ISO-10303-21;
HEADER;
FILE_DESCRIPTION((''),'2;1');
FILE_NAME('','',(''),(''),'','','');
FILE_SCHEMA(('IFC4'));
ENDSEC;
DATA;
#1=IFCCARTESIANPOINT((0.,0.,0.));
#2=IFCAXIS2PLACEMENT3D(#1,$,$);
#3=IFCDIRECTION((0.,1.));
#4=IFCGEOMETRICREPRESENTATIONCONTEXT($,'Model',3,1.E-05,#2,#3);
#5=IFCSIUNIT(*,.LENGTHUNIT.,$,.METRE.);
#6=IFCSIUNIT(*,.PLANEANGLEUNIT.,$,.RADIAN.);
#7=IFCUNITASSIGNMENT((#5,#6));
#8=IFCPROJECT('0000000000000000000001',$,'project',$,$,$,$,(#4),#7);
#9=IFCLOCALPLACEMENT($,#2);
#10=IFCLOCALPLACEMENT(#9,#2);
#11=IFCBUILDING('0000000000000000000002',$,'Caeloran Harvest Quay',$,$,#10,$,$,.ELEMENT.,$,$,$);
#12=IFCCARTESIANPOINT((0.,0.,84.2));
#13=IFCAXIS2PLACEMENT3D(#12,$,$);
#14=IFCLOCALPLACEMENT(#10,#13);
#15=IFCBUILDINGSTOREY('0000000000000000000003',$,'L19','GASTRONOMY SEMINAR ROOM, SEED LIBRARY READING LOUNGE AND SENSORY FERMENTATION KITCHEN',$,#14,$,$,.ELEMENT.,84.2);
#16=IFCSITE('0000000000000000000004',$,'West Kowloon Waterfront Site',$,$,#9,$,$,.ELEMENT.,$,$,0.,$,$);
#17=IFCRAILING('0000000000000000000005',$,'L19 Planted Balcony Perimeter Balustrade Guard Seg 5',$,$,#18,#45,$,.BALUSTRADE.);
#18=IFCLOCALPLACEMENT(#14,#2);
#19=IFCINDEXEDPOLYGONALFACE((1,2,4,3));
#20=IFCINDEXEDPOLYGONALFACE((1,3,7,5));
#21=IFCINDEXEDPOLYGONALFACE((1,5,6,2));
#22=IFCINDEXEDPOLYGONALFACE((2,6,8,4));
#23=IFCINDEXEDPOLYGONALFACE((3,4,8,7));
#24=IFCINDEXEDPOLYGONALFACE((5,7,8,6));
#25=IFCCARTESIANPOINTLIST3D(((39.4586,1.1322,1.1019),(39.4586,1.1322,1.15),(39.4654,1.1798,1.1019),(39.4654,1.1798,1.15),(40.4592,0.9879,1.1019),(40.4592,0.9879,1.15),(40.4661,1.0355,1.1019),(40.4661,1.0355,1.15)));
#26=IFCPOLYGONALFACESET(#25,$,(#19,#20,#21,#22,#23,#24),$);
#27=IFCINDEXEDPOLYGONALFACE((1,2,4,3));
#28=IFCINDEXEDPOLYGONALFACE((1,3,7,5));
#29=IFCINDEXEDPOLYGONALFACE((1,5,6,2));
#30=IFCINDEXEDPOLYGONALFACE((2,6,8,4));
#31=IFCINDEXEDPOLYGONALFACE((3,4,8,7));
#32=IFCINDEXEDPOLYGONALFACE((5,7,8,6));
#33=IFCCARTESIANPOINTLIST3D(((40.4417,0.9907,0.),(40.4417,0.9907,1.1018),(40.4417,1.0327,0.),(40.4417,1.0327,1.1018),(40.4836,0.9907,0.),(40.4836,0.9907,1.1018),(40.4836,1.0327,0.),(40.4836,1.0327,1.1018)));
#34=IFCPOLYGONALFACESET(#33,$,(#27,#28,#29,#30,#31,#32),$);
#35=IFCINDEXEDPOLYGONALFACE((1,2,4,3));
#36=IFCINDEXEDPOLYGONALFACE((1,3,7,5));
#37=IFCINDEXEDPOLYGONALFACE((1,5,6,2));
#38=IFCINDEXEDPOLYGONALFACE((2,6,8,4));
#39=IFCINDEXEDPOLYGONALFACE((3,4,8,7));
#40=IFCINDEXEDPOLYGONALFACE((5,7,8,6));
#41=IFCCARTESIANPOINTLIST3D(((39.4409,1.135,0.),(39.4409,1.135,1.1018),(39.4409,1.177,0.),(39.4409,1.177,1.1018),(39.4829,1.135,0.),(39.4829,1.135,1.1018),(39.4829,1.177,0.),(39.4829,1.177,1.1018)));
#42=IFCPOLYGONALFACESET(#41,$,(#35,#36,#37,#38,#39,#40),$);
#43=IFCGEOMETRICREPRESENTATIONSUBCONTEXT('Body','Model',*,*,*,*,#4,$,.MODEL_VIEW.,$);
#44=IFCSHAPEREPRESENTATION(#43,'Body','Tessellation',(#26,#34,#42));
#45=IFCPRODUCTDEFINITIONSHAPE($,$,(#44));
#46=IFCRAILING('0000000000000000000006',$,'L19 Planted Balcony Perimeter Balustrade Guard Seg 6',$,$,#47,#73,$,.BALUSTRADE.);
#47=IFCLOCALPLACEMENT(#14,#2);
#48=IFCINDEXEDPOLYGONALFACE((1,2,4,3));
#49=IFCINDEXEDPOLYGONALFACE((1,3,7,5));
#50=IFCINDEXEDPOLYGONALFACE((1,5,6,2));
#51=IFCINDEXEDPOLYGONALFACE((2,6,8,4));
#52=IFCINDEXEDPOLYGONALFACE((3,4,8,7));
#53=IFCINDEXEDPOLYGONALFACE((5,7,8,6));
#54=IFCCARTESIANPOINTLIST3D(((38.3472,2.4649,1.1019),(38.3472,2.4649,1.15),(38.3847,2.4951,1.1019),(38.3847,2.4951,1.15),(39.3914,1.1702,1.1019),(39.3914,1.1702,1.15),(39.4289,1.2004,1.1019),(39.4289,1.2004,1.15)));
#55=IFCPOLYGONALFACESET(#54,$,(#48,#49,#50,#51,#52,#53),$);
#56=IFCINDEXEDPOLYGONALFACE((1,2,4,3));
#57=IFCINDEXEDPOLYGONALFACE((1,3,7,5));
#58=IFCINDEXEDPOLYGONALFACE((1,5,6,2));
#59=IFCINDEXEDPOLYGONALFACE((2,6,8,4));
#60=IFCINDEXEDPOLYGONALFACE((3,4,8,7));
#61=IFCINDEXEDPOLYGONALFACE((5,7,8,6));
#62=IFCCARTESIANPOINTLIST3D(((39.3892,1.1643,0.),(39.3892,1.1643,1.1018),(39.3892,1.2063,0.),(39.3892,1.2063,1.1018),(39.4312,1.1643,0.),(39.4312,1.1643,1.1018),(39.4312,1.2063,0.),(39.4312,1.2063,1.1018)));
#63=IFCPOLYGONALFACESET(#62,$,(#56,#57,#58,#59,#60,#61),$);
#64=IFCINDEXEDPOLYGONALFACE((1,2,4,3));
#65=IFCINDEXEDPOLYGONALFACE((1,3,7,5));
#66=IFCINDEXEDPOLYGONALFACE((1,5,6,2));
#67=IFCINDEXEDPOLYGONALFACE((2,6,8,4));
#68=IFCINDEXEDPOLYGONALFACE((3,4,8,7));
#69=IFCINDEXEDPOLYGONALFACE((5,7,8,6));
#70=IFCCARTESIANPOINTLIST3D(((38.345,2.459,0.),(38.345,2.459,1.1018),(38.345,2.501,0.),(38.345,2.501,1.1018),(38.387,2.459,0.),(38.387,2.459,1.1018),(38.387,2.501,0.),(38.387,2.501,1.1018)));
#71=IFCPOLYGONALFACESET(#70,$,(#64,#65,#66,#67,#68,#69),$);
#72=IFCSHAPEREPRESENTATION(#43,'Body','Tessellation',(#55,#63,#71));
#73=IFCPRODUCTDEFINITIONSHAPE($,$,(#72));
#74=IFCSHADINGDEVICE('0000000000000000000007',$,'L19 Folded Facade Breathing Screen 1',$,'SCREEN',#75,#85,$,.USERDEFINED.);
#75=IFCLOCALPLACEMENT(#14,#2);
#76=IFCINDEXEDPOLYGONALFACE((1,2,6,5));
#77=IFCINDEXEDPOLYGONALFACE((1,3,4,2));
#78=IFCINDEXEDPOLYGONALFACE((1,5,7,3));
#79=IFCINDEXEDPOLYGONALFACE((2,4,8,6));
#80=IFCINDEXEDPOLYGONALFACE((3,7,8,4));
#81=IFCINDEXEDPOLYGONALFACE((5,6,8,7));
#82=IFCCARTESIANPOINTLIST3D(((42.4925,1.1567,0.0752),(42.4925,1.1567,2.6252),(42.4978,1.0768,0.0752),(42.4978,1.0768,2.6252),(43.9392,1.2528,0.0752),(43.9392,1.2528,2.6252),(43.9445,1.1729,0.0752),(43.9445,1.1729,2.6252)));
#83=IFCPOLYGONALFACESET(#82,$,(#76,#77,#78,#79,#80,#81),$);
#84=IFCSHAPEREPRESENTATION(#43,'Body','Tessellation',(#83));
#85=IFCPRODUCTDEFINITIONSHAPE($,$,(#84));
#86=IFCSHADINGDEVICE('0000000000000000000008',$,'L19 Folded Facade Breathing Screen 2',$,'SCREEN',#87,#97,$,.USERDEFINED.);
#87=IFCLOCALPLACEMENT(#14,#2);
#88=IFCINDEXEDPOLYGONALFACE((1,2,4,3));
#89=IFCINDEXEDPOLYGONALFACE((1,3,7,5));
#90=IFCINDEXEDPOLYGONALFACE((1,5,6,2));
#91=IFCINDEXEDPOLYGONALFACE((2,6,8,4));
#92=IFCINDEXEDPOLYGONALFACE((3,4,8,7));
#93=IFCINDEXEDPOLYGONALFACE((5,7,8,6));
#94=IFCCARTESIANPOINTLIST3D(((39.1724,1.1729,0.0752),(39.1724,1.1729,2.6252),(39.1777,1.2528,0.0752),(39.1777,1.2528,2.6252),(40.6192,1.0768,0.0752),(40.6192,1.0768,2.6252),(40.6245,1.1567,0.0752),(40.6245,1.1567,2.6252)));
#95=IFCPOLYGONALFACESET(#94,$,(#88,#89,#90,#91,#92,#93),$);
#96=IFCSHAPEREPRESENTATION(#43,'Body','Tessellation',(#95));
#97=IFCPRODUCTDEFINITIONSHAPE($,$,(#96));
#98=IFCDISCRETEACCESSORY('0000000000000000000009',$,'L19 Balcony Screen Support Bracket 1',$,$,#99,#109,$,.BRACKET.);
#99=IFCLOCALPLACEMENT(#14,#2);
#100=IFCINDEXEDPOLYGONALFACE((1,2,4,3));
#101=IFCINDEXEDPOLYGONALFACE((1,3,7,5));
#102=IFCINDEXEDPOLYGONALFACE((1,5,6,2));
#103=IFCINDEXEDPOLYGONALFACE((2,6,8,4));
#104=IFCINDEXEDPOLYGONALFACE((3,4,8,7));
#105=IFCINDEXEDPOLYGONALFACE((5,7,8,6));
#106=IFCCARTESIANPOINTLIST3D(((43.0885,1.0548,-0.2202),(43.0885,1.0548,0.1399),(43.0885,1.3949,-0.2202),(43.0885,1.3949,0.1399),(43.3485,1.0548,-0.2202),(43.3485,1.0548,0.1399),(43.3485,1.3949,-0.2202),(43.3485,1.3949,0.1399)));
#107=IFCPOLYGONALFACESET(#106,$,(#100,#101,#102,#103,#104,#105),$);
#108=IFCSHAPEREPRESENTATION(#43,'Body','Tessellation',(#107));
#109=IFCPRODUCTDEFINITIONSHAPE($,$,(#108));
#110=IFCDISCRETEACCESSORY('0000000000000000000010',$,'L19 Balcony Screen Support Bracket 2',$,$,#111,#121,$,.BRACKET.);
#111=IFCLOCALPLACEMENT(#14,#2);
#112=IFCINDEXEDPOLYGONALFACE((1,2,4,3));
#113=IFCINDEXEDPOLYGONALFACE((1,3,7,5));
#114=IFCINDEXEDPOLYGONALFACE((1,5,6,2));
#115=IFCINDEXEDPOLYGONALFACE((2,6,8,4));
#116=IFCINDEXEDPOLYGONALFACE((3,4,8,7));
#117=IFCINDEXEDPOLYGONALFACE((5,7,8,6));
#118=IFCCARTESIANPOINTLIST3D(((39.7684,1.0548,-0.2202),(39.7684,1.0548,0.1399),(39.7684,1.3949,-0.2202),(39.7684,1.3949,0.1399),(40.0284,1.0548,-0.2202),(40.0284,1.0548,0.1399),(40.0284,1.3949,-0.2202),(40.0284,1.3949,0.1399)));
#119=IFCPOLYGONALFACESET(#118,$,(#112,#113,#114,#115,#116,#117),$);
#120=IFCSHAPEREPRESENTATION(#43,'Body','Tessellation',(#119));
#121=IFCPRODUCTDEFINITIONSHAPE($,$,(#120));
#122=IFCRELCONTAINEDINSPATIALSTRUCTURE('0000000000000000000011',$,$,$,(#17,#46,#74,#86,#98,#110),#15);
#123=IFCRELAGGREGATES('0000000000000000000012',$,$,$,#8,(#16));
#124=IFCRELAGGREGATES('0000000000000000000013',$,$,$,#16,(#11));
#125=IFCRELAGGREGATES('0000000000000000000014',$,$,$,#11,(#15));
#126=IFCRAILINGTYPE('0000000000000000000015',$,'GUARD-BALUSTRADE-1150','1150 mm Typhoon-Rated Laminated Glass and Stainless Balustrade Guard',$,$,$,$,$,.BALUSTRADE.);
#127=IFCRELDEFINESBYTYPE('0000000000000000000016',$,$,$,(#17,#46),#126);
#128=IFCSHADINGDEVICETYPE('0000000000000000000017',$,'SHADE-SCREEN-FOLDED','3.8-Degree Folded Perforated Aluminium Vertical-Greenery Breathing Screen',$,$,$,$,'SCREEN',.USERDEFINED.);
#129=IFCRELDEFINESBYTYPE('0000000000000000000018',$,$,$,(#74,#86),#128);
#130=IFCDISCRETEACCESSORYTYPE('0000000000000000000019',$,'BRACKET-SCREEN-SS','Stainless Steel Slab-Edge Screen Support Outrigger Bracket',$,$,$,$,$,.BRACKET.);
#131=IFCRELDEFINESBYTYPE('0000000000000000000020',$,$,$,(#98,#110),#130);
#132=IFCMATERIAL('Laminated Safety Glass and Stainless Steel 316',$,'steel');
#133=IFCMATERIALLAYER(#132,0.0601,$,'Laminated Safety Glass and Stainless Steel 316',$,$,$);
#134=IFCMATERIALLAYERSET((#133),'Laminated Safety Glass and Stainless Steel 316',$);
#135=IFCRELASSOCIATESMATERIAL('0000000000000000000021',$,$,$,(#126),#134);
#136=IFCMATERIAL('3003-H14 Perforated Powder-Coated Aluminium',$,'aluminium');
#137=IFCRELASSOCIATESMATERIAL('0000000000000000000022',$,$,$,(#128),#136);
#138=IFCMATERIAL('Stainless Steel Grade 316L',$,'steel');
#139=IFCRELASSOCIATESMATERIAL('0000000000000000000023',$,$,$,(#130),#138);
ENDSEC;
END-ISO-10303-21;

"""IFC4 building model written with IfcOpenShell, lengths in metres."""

from ifc_helpers import new_model, si_unit, direction, frame, origin, origin_2d, place, context, subcontext, project, spatial, rectangle, extrude, material, layer, layer_set, type_object, element, save


model = new_model("IFC4")

# Units and contexts
model_context = context("Model", 3, precision=1e-05, world=origin(), true_north=direction((0.0, 1.0)))
body_context = subcontext(model_context, "Body", "Model", "MODEL_VIEW")
ifc_project = project(units=[si_unit("LENGTHUNIT", "METRE"), si_unit("PLANEANGLEUNIT", "RADIAN")], contexts=[model_context])

# Site, building, storey
site_placement = place(None, origin())
site = spatial("IfcSite", under=ifc_project, at=site_placement, Name="West Kowloon Waterfront Site", CompositionType="ELEMENT", RefElevation=0.0)
building_placement = place(site_placement, origin())
building = spatial("IfcBuilding", under=site, at=building_placement, Name="Caeloran Harvest Quay", CompositionType="ELEMENT")
storey_placement = place(building_placement, frame((0.0, 0.0, 84.2)))
storey = spatial("IfcBuildingStorey", under=building, at=storey_placement, Name="L19", Description="GASTRONOMY SEMINAR ROOM, SEED LIBRARY READING LOUNGE AND SENSORY FERMENTATION KITCHEN", CompositionType="ELEMENT", Elevation=84.2)

# Railings
ifc_material_1 = material(Name="Laminated Safety Glass and Stainless Steel 316", Category="steel")
ifc_layer_1 = layer(ifc_material_1, 0.0601, Name="Laminated Safety Glass and Stainless Steel 316")
ifc_layer_set_1 = layer_set([ifc_layer_1], Name="Laminated Safety Glass and Stainless Steel 316")
railing_type = type_object("IfcRailingType", Name="GUARD-BALUSTRADE-1150", Description="1150 mm Typhoon-Rated Laminated Glass and Stainless Balustrade Guard", PredefinedType="BALUSTRADE", material=ifc_layer_set_1)
railing_1_placement = place(storey_placement, frame((40.4626, 1.0117, 0.0)))
element("IfcRailing", 1, at=railing_1_placement, inside=storey, type_object=railing_type, Name="L19 Planted Balcony Perimeter Balustrade Guard Seg 5", PredefinedType="BALUSTRADE", context=body_context, shape_type="SweptSolid", body=[
    extrude(rectangle(XDim=0.0481, YDim=0.0481, at=origin_2d()), frame((0.0, 0.0, 1.126), z_axis=(-0.989765, 0.142706, 0.0), x_axis=(-0.142706, -0.989765, 0.0)), (0.0, 0.0, 1.0), 1.011),
    extrude(rectangle(XDim=0.042, YDim=0.042, at=origin_2d()), origin(), (0.0, 0.0, 1.0), 1.1018),
    extrude(rectangle(XDim=0.042, YDim=0.042, at=origin_2d()), frame((-1.0007, 0.1443, 0.0)), (0.0, 0.0, 1.0), 1.1018),
])
railing_2_placement = place(storey_placement, frame((39.4102, 1.1853, 0.0)))
element("IfcRailing", 2, at=railing_2_placement, inside=storey, type_object=railing_type, Name="L19 Planted Balcony Perimeter Balustrade Guard Seg 6", PredefinedType="BALUSTRADE", context=body_context, shape_type="SweptSolid", body=[
    extrude(rectangle(XDim=0.0481, YDim=0.0481, at=origin_2d()), frame((0.0, 0.0, 1.126), z_axis=(-0.627787, 0.778385, 0.0), x_axis=(-0.778385, -0.627787, 0.0)), (0.0, 0.0, 1.0), 1.6633),
    extrude(rectangle(XDim=0.042, YDim=0.042, at=origin_2d()), origin(), (0.0, 0.0, 1.0), 1.1018),
    extrude(rectangle(XDim=0.042, YDim=0.042, at=origin_2d()), frame((-1.0442, 1.2947, 0.0)), (0.0, 0.0, 1.0), 1.1018),
])

# Shading devices
ifc_material_2 = material(Name="3003-H14 Perforated Powder-Coated Aluminium", Category="aluminium")
shading_device_type = type_object("IfcShadingDeviceType", Name="SHADE-SCREEN-FOLDED", Description="3.8-Degree Folded Perforated Aluminium Vertical-Greenery Breathing Screen", ElementType="SCREEN", PredefinedType="USERDEFINED", material=ifc_material_2)
for number, where, z_axis, x_axis, name in (
    (3, (43.2185, 1.1648, 0.0752), (0.0, 0.0, 1.0), (0.997801, 0.066274, 0.0), "L19 Folded Facade Breathing Screen 1"),
    (4, (39.8984, 1.1648, 0.0752), (0.0, 0.0, 1.0), (0.997801, -0.066274, 0.0), "L19 Folded Facade Breathing Screen 2"),
):
    element("IfcShadingDevice", number, at=place(storey_placement, frame(where, z_axis=z_axis, x_axis=x_axis)), inside=storey, type_object=shading_device_type, Name=name, ObjectType="SCREEN", PredefinedType="USERDEFINED", context=body_context, shape_type="SweptSolid", body=[
        extrude(rectangle(XDim=1.45, YDim=0.0801, at=origin_2d()), origin(), (0.0, 0.0, 1.0), 2.55),
    ])

# Discrete accessories
ifc_material_3 = material(Name="Stainless Steel Grade 316L", Category="steel")
discrete_accessory_type = type_object("IfcDiscreteAccessoryType", Name="BRACKET-SCREEN-SS", Description="Stainless Steel Slab-Edge Screen Support Outrigger Bracket", PredefinedType="BRACKET", material=ifc_material_3)
for number, where, z_axis, x_axis, name in (
    (5, (43.2185, 1.2249, -0.2202), (0.0, 0.0, 1.0), (1.0, 0.0, 0.0), "L19 Balcony Screen Support Bracket 1"),
    (6, (39.8984, 1.2249, -0.2202), (0.0, 0.0, 1.0), (1.0, 0.0, 0.0), "L19 Balcony Screen Support Bracket 2"),
):
    element("IfcDiscreteAccessory", number, at=place(storey_placement, frame(where, z_axis=z_axis, x_axis=x_axis)), inside=storey, type_object=discrete_accessory_type, Name=name, PredefinedType="BRACKET", context=body_context, shape_type="SweptSolid", body=[
        extrude(rectangle(XDim=0.26, YDim=0.3401, at=origin_2d()), origin(), (0.0, 0.0, 1.0), 0.3601),
    ])

save(model, "model.ifc")
